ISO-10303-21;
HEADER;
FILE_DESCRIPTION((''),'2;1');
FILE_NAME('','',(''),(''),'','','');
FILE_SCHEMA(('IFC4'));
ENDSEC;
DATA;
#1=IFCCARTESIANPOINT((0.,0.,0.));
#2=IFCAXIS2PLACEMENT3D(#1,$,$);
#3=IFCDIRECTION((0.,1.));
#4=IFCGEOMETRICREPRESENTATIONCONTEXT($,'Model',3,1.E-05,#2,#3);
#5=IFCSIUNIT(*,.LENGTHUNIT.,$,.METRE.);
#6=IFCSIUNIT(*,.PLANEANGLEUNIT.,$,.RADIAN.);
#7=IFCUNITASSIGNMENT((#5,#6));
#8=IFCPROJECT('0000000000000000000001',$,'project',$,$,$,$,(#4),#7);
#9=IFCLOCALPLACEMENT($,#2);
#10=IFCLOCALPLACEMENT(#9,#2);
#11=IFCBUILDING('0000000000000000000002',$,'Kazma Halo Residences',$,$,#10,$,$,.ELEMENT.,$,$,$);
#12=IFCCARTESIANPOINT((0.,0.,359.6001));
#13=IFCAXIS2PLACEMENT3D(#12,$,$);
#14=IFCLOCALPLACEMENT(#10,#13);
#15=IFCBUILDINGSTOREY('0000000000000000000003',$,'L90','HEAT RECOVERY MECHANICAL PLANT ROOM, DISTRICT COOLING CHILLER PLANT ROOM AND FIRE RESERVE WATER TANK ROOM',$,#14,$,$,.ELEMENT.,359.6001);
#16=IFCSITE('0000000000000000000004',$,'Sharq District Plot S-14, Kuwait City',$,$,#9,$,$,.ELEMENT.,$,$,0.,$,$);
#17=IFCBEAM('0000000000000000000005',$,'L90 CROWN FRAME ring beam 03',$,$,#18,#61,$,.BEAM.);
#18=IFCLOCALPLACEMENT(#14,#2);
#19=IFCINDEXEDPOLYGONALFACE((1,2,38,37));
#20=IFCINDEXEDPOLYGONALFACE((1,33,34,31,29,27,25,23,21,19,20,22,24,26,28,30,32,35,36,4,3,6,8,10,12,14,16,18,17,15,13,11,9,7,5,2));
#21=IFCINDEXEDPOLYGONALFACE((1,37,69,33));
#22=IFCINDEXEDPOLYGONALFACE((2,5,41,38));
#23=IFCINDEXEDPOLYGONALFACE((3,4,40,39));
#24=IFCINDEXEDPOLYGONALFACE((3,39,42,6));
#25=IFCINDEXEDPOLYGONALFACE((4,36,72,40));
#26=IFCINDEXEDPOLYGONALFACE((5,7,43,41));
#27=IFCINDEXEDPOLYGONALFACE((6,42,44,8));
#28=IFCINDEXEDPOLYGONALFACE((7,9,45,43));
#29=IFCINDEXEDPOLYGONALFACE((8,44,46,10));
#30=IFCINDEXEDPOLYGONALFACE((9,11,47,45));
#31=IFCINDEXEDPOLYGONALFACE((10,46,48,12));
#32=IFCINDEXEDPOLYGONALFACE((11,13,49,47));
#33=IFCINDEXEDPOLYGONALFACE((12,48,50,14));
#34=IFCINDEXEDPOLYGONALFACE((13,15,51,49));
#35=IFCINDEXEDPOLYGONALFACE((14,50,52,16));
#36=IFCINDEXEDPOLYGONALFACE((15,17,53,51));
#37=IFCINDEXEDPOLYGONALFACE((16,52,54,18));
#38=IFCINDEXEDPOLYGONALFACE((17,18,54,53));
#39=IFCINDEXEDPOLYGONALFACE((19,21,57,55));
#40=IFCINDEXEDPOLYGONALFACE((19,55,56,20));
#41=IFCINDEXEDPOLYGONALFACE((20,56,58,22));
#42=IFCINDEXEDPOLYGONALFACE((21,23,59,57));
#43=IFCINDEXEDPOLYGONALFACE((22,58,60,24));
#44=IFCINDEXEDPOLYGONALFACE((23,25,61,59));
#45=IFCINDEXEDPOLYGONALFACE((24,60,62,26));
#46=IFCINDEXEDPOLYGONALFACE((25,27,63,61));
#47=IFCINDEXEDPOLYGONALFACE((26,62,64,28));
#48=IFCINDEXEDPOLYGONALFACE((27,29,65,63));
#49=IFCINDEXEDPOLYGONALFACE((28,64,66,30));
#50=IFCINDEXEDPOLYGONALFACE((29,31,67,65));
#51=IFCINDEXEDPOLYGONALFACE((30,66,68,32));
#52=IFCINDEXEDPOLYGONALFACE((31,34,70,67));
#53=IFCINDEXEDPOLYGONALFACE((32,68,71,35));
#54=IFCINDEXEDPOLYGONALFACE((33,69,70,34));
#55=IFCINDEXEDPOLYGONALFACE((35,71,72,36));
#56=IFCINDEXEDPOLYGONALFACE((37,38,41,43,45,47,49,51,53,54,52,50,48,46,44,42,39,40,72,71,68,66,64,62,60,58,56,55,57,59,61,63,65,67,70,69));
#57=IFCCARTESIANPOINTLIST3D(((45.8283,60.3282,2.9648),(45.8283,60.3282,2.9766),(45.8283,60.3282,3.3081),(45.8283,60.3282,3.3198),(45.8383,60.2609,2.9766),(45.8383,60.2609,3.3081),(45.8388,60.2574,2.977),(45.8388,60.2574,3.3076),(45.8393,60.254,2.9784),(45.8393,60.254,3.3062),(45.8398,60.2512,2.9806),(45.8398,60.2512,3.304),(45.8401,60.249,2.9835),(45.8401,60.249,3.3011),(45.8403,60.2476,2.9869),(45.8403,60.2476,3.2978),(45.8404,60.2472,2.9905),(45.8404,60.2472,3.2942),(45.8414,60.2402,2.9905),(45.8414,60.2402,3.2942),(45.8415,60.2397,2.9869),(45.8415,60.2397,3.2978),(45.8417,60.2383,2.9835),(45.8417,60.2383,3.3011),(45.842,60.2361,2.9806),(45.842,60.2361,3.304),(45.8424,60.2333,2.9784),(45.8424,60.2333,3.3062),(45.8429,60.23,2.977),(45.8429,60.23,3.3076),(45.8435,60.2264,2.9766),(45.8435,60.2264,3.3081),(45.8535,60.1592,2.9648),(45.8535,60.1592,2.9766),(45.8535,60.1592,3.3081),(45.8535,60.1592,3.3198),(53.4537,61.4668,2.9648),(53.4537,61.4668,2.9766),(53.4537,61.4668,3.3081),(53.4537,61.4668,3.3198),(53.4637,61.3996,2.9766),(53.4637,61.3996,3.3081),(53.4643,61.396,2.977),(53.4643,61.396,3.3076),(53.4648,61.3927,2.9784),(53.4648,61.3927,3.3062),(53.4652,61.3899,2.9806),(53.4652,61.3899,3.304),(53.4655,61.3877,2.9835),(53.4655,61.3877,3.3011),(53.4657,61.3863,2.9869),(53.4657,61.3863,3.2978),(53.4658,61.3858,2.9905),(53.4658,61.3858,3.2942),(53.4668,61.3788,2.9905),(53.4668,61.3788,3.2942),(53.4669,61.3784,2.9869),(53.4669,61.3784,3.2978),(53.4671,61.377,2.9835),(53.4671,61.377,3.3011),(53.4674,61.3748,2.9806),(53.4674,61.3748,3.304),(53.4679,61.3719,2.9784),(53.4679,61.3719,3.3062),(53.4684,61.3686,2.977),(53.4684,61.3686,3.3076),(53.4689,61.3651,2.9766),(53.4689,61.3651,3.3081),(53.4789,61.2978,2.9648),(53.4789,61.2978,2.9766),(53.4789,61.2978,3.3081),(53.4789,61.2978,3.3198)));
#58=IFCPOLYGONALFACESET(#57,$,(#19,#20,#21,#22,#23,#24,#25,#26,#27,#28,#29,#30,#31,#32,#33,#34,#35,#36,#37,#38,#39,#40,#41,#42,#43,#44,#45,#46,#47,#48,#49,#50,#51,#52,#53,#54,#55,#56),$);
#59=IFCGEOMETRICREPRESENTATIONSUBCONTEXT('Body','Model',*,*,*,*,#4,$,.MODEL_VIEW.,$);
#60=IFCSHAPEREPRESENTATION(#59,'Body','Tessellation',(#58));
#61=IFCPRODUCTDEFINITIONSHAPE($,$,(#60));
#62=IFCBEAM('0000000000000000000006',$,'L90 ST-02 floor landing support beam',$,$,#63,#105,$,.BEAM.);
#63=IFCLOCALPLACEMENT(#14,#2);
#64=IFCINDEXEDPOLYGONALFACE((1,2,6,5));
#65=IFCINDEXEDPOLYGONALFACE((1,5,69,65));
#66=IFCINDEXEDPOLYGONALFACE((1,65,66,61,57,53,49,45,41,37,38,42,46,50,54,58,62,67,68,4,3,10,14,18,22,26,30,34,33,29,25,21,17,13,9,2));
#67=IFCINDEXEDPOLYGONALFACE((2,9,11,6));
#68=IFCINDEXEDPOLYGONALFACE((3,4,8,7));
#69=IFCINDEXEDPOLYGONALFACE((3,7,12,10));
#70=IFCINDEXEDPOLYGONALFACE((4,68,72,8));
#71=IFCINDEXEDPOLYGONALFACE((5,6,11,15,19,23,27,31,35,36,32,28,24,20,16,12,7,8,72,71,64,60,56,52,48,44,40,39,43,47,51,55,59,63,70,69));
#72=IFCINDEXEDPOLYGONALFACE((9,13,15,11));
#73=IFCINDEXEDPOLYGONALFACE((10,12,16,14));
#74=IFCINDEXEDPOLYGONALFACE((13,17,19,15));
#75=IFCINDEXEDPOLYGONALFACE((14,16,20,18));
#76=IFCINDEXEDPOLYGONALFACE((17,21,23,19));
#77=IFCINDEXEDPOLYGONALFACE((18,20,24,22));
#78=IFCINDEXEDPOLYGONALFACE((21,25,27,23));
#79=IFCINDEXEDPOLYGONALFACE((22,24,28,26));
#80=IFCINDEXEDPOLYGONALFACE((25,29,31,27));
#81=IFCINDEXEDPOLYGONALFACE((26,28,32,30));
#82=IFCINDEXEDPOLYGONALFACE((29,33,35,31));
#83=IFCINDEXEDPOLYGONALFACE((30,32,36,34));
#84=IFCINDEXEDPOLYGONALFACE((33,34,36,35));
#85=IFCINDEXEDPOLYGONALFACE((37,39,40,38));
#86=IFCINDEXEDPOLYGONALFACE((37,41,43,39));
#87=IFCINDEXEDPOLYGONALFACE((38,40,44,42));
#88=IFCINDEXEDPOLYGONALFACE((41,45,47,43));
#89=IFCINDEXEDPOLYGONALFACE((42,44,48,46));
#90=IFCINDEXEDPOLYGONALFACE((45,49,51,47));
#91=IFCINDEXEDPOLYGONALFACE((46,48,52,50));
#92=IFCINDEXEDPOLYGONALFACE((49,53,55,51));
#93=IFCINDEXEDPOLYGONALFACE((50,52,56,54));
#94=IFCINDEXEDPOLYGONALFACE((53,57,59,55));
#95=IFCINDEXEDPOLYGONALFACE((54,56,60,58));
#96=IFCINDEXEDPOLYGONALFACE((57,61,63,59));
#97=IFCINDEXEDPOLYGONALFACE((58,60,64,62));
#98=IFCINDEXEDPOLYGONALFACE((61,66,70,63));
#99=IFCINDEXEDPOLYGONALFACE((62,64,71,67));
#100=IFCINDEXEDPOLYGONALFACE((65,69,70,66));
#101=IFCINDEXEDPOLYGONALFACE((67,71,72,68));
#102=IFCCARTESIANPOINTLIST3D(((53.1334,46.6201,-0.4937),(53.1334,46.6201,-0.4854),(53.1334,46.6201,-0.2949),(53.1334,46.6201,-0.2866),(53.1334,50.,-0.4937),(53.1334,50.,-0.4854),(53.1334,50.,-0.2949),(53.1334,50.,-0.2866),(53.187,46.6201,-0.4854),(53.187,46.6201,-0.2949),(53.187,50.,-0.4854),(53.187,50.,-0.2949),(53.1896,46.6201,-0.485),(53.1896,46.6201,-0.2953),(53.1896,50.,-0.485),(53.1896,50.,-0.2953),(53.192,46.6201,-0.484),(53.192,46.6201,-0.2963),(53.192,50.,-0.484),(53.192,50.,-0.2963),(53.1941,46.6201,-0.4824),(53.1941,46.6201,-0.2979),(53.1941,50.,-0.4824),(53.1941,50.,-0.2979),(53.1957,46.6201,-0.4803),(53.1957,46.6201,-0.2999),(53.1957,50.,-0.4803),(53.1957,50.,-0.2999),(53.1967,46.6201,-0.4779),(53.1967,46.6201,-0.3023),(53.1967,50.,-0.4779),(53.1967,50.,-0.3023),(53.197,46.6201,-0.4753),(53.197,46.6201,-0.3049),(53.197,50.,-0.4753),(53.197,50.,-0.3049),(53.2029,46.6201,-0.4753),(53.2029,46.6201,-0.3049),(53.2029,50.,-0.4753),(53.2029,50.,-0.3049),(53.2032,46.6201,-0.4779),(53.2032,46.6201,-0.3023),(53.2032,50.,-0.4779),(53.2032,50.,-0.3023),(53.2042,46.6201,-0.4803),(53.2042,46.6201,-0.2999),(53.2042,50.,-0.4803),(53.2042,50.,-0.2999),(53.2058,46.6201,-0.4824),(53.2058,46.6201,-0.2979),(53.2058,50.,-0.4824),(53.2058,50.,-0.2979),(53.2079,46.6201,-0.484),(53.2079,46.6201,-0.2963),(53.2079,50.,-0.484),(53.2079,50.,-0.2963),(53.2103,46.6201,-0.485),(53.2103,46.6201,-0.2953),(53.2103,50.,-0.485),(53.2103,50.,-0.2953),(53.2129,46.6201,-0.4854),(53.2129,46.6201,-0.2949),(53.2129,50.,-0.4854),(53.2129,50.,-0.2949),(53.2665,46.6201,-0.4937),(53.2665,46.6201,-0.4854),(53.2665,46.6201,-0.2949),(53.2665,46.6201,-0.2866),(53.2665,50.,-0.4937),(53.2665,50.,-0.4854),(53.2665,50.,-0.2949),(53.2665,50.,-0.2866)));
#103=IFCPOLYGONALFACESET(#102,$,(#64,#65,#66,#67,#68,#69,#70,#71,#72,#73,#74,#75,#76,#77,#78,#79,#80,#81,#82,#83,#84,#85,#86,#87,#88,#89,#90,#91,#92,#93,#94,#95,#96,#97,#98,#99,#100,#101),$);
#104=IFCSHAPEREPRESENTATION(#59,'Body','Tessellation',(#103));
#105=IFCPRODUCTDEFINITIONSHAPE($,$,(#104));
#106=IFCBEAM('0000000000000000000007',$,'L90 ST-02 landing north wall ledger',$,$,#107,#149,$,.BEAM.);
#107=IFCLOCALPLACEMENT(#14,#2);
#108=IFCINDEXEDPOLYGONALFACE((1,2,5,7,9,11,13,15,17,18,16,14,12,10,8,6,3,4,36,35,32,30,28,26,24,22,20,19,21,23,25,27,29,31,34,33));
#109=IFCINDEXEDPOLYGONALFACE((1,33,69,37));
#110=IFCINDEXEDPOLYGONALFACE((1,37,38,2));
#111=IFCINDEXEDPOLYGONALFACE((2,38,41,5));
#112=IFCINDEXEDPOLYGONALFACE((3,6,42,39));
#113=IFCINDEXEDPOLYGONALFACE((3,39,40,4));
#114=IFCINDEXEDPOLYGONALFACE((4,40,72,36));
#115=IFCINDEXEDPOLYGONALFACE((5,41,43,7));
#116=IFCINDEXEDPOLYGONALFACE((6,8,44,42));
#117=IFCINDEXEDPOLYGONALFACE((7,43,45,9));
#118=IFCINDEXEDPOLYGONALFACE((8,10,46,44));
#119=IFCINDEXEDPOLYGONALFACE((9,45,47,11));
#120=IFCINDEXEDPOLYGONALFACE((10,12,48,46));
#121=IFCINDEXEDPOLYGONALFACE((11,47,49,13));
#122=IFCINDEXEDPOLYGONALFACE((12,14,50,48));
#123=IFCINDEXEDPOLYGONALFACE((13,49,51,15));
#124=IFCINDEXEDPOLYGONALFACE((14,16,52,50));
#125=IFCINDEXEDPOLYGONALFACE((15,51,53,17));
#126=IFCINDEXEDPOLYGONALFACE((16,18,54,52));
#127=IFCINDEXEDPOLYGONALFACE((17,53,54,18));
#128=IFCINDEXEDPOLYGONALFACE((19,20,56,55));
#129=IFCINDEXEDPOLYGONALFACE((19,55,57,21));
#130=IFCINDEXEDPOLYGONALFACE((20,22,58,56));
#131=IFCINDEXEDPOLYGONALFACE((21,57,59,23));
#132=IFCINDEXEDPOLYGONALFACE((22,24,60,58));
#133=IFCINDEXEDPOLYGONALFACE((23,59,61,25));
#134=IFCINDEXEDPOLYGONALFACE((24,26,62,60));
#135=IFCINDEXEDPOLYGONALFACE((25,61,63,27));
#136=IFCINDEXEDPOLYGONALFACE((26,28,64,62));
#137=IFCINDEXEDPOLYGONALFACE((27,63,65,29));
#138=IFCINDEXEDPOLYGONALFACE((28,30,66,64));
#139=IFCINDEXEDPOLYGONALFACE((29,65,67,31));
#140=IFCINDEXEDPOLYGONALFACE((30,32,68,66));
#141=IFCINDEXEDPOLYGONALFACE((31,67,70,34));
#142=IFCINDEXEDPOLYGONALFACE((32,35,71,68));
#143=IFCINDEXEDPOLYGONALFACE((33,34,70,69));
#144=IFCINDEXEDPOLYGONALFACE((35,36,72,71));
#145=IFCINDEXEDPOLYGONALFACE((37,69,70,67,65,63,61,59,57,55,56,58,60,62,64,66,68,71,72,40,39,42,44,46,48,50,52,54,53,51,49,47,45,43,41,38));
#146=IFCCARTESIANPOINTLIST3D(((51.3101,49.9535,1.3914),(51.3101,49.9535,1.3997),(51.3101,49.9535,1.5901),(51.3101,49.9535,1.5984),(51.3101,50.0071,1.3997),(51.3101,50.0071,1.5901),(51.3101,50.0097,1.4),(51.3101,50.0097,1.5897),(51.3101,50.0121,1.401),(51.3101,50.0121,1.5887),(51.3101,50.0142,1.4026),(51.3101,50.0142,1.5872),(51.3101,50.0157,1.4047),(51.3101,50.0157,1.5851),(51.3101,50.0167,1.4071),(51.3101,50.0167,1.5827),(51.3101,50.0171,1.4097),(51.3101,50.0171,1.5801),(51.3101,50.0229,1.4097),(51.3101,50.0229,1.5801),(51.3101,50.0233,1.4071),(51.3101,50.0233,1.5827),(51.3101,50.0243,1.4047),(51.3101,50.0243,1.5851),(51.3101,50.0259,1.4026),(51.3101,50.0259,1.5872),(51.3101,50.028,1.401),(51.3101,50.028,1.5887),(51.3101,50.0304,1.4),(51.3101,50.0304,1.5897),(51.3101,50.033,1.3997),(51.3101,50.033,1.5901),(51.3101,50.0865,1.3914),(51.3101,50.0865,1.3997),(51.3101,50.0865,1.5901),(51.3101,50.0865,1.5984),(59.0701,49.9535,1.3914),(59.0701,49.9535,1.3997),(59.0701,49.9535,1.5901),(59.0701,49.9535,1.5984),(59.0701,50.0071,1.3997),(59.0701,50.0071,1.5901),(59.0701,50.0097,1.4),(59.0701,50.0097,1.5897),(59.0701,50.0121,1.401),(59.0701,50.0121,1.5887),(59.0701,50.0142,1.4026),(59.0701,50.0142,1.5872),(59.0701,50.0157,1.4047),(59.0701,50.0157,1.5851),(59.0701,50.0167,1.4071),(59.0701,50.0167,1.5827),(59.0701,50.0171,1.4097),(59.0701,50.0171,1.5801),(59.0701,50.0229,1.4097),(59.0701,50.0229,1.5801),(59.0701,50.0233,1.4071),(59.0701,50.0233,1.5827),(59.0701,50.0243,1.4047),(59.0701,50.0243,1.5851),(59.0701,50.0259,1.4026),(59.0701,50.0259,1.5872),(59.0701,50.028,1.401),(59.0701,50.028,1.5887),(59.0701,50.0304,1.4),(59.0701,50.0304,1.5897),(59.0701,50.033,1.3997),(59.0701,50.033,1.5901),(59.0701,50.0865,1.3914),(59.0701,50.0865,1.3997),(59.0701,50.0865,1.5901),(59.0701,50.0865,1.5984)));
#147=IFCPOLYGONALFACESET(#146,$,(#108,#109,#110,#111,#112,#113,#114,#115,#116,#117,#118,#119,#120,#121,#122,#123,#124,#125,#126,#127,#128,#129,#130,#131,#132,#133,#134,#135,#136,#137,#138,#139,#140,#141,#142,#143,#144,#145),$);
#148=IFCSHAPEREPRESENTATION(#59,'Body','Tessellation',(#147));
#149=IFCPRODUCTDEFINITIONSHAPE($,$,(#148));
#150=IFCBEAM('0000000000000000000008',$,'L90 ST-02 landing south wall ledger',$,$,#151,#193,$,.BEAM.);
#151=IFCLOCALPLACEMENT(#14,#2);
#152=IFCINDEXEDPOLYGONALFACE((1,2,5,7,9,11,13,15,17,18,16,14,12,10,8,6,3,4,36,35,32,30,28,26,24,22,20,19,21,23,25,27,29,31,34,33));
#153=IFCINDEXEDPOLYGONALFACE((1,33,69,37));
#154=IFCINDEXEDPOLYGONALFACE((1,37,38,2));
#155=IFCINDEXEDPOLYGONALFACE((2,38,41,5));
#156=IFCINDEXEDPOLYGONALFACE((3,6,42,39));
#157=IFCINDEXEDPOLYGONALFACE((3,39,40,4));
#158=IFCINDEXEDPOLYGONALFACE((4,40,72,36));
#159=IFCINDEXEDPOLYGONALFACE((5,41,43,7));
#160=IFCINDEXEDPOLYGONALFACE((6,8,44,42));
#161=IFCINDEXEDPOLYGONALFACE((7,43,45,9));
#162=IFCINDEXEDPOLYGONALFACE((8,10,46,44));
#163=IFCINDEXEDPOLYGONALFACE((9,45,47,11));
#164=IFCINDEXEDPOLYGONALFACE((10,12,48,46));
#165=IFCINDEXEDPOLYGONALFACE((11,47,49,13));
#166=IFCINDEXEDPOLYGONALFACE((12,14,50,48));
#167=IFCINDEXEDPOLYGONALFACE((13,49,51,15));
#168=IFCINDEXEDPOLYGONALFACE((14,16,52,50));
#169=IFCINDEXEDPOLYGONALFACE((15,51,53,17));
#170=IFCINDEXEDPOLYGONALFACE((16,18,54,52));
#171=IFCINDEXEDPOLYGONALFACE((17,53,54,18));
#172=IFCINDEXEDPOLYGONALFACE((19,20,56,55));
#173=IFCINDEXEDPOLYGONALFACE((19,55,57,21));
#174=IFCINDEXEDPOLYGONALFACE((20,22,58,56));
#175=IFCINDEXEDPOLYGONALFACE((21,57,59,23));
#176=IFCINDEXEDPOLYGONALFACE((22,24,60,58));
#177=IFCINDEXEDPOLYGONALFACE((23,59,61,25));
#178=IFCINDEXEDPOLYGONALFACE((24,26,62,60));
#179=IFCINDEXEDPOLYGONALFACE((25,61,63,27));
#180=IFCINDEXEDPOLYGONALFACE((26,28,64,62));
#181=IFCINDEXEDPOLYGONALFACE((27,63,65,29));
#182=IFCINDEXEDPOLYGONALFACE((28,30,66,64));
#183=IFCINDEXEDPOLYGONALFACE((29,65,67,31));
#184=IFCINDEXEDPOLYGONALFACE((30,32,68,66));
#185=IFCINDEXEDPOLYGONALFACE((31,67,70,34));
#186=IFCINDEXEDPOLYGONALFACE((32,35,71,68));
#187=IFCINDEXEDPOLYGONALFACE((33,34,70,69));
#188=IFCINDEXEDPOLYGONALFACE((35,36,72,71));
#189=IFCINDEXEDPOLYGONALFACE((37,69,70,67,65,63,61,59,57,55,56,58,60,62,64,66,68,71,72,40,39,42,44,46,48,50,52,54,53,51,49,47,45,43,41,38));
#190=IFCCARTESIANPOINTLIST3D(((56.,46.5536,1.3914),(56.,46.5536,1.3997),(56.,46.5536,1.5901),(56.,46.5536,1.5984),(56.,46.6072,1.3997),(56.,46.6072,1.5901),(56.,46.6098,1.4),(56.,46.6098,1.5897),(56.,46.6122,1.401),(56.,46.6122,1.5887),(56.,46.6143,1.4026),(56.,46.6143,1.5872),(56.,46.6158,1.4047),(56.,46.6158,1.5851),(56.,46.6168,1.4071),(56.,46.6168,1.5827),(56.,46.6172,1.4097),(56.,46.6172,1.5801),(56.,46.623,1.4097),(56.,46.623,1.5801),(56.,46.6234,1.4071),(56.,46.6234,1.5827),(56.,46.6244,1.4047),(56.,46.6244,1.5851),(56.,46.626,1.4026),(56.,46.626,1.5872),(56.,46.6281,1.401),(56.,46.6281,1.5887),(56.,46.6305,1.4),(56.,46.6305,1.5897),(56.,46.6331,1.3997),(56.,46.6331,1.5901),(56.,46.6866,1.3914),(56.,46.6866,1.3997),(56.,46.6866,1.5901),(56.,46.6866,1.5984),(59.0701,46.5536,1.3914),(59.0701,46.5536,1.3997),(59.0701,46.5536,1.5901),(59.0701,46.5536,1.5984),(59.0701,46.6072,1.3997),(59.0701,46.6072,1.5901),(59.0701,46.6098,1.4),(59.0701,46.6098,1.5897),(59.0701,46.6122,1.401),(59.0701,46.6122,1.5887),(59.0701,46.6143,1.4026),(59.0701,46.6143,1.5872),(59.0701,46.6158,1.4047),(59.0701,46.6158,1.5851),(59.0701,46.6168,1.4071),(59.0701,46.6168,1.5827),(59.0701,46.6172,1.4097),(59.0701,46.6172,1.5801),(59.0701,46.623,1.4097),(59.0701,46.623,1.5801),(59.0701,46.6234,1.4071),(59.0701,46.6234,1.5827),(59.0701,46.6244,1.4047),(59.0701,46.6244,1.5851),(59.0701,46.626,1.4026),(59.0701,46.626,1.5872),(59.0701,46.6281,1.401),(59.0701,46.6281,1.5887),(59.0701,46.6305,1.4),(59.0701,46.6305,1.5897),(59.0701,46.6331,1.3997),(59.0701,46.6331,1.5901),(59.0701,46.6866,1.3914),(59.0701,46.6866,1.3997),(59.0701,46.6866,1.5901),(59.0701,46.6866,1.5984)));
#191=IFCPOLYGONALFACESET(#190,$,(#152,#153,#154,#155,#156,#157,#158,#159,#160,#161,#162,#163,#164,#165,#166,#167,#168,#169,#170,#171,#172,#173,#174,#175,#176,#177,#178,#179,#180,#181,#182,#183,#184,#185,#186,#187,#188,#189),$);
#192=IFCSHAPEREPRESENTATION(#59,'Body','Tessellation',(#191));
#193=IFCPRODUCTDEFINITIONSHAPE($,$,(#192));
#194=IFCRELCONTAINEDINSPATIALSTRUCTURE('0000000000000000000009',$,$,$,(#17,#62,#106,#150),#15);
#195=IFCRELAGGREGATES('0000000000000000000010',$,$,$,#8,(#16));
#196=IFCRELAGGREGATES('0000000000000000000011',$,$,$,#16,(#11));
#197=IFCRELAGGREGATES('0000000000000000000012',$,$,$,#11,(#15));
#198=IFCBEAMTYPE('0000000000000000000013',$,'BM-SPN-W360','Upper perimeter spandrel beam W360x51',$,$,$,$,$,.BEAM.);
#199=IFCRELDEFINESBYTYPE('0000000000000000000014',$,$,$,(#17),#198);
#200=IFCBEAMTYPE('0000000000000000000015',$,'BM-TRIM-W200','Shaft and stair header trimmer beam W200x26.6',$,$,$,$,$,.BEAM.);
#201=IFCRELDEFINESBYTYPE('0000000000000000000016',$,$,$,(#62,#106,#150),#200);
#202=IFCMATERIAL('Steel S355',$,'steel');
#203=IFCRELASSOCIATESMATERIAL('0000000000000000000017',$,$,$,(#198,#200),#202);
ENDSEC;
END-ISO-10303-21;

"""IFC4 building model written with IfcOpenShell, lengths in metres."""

from ifc_helpers import new_model, si_unit, direction, frame, origin, origin_2d, place, context, subcontext, project, spatial, i_section, extrude, material, material_profile, profile_set, type_object, element, save


model = new_model("IFC4")

# Units and contexts
model_context = context("Model", 3, precision=1e-05, world=origin(), true_north=direction((0.0, 1.0)))
body_context = subcontext(model_context, "Body", "Model", "MODEL_VIEW")
ifc_project = project(units=[si_unit("LENGTHUNIT", "METRE"), si_unit("PLANEANGLEUNIT", "RADIAN")], contexts=[model_context])

# Site, building, storey
site_placement = place(None, origin())
site = spatial("IfcSite", under=ifc_project, at=site_placement, Name="Sharq District Plot S-14, Kuwait City", CompositionType="ELEMENT", RefElevation=0.0)
building_placement = place(site_placement, origin())
building = spatial("IfcBuilding", under=site, at=building_placement, Name="Kazma Halo Residences", CompositionType="ELEMENT")
storey_placement = place(building_placement, frame((0.0, 0.0, 359.6001)))
storey = spatial("IfcBuildingStorey", under=building, at=storey_placement, Name="L90", Description="HEAT RECOVERY MECHANICAL PLANT ROOM, DISTRICT COOLING CHILLER PLANT ROOM AND FIRE RESERVE WATER TANK ROOM", CompositionType="ELEMENT", Elevation=359.6001)

# Shared definitions
ifc_material_1 = material(Name="Steel S355", Category="steel")

# Beams
ifc_material_profile_1 = material_profile(ifc_material_1, i_section(OverallWidth=0.1709, OverallDepth=0.355, WebThickness=0.0071, FlangeThickness=0.0117, FilletRadius=0.0139, at=origin_2d()), Name="W360x51")
ifc_profile_set_1 = profile_set([ifc_material_profile_1], Name="Steel S355")
beam_type_1 = type_object("IfcBeamType", Name="BM-SPN-W360", Description="Upper perimeter spandrel beam W360x51", PredefinedType="BEAM", material=ifc_profile_set_1)
beam_1_placement = place(storey_placement, frame((53.4663, 61.3823, 3.1423), z_axis=(-0.989034, -0.147687, 0.0), x_axis=(0.147687, -0.989034, 0.0)))
element("IfcBeam", 1, at=beam_1_placement, inside=storey, type_object=beam_type_1, Name="L90 CROWN FRAME ring beam 03", PredefinedType="BEAM", context=body_context, shape_type="SweptSolid", body=[
    extrude(i_section(OverallWidth=0.1709, OverallDepth=0.355, WebThickness=0.0071, FlangeThickness=0.0117, FilletRadius=0.0139, at=origin_2d()), origin(), (0.0, 0.0, 1.0), 7.71),
])
ifc_material_profile_2 = material_profile(ifc_material_1, i_section(OverallWidth=0.1331, OverallDepth=0.207, WebThickness=0.0059, FlangeThickness=0.0083, FilletRadius=0.01, at=origin_2d()), Name="W200x26.6")
ifc_profile_set_2 = profile_set([ifc_material_profile_2], Name="Steel S355")
beam_type_2 = type_object("IfcBeamType", Name="BM-TRIM-W200", Description="Shaft and stair header trimmer beam W200x26.6", PredefinedType="BEAM", material=ifc_profile_set_2)
beam_2_placement = place(storey_placement, frame((53.2, 46.6201, -0.3901), z_axis=(0.0, 1.0, 0.0), x_axis=(-1.0, 0.0, 0.0)))
element("IfcBeam", 2, at=beam_2_placement, inside=storey, type_object=beam_type_2, Name="L90 ST-02 floor landing support beam", PredefinedType="BEAM", context=body_context, shape_type="SweptSolid", body=[
    extrude(i_section(OverallWidth=0.1331, OverallDepth=0.207, WebThickness=0.0059, FlangeThickness=0.0083, FilletRadius=0.01, at=origin_2d()), origin(), (0.0, 0.0, 1.0), 3.3799),
])
beam_3_placement = place(storey_placement, frame((51.3101, 50.02, 1.4949), z_axis=(1.0, 0.0, 0.0), x_axis=(0.0, 1.0, 0.0)))
element("IfcBeam", 3, at=beam_3_placement, inside=storey, type_object=beam_type_2, Name="L90 ST-02 landing north wall ledger", PredefinedType="BEAM", context=body_context, shape_type="SweptSolid", body=[
    extrude(i_section(OverallWidth=0.1331, OverallDepth=0.207, WebThickness=0.0059, FlangeThickness=0.0083, FilletRadius=0.01, at=origin_2d()), origin(), (0.0, 0.0, 1.0), 7.76),
])
beam_4_placement = place(storey_placement, frame((56.0, 46.6201, 1.4949), z_axis=(1.0, 0.0, 0.0), x_axis=(0.0, 1.0, 0.0)))
element("IfcBeam", 4, at=beam_4_placement, inside=storey, type_object=beam_type_2, Name="L90 ST-02 landing south wall ledger", PredefinedType="BEAM", context=body_context, shape_type="SweptSolid", body=[
    extrude(i_section(OverallWidth=0.1331, OverallDepth=0.207, WebThickness=0.0059, FlangeThickness=0.0083, FilletRadius=0.01, at=origin_2d()), origin(), (0.0, 0.0, 1.0), 3.0701),
])

save(model, "model.ifc")
